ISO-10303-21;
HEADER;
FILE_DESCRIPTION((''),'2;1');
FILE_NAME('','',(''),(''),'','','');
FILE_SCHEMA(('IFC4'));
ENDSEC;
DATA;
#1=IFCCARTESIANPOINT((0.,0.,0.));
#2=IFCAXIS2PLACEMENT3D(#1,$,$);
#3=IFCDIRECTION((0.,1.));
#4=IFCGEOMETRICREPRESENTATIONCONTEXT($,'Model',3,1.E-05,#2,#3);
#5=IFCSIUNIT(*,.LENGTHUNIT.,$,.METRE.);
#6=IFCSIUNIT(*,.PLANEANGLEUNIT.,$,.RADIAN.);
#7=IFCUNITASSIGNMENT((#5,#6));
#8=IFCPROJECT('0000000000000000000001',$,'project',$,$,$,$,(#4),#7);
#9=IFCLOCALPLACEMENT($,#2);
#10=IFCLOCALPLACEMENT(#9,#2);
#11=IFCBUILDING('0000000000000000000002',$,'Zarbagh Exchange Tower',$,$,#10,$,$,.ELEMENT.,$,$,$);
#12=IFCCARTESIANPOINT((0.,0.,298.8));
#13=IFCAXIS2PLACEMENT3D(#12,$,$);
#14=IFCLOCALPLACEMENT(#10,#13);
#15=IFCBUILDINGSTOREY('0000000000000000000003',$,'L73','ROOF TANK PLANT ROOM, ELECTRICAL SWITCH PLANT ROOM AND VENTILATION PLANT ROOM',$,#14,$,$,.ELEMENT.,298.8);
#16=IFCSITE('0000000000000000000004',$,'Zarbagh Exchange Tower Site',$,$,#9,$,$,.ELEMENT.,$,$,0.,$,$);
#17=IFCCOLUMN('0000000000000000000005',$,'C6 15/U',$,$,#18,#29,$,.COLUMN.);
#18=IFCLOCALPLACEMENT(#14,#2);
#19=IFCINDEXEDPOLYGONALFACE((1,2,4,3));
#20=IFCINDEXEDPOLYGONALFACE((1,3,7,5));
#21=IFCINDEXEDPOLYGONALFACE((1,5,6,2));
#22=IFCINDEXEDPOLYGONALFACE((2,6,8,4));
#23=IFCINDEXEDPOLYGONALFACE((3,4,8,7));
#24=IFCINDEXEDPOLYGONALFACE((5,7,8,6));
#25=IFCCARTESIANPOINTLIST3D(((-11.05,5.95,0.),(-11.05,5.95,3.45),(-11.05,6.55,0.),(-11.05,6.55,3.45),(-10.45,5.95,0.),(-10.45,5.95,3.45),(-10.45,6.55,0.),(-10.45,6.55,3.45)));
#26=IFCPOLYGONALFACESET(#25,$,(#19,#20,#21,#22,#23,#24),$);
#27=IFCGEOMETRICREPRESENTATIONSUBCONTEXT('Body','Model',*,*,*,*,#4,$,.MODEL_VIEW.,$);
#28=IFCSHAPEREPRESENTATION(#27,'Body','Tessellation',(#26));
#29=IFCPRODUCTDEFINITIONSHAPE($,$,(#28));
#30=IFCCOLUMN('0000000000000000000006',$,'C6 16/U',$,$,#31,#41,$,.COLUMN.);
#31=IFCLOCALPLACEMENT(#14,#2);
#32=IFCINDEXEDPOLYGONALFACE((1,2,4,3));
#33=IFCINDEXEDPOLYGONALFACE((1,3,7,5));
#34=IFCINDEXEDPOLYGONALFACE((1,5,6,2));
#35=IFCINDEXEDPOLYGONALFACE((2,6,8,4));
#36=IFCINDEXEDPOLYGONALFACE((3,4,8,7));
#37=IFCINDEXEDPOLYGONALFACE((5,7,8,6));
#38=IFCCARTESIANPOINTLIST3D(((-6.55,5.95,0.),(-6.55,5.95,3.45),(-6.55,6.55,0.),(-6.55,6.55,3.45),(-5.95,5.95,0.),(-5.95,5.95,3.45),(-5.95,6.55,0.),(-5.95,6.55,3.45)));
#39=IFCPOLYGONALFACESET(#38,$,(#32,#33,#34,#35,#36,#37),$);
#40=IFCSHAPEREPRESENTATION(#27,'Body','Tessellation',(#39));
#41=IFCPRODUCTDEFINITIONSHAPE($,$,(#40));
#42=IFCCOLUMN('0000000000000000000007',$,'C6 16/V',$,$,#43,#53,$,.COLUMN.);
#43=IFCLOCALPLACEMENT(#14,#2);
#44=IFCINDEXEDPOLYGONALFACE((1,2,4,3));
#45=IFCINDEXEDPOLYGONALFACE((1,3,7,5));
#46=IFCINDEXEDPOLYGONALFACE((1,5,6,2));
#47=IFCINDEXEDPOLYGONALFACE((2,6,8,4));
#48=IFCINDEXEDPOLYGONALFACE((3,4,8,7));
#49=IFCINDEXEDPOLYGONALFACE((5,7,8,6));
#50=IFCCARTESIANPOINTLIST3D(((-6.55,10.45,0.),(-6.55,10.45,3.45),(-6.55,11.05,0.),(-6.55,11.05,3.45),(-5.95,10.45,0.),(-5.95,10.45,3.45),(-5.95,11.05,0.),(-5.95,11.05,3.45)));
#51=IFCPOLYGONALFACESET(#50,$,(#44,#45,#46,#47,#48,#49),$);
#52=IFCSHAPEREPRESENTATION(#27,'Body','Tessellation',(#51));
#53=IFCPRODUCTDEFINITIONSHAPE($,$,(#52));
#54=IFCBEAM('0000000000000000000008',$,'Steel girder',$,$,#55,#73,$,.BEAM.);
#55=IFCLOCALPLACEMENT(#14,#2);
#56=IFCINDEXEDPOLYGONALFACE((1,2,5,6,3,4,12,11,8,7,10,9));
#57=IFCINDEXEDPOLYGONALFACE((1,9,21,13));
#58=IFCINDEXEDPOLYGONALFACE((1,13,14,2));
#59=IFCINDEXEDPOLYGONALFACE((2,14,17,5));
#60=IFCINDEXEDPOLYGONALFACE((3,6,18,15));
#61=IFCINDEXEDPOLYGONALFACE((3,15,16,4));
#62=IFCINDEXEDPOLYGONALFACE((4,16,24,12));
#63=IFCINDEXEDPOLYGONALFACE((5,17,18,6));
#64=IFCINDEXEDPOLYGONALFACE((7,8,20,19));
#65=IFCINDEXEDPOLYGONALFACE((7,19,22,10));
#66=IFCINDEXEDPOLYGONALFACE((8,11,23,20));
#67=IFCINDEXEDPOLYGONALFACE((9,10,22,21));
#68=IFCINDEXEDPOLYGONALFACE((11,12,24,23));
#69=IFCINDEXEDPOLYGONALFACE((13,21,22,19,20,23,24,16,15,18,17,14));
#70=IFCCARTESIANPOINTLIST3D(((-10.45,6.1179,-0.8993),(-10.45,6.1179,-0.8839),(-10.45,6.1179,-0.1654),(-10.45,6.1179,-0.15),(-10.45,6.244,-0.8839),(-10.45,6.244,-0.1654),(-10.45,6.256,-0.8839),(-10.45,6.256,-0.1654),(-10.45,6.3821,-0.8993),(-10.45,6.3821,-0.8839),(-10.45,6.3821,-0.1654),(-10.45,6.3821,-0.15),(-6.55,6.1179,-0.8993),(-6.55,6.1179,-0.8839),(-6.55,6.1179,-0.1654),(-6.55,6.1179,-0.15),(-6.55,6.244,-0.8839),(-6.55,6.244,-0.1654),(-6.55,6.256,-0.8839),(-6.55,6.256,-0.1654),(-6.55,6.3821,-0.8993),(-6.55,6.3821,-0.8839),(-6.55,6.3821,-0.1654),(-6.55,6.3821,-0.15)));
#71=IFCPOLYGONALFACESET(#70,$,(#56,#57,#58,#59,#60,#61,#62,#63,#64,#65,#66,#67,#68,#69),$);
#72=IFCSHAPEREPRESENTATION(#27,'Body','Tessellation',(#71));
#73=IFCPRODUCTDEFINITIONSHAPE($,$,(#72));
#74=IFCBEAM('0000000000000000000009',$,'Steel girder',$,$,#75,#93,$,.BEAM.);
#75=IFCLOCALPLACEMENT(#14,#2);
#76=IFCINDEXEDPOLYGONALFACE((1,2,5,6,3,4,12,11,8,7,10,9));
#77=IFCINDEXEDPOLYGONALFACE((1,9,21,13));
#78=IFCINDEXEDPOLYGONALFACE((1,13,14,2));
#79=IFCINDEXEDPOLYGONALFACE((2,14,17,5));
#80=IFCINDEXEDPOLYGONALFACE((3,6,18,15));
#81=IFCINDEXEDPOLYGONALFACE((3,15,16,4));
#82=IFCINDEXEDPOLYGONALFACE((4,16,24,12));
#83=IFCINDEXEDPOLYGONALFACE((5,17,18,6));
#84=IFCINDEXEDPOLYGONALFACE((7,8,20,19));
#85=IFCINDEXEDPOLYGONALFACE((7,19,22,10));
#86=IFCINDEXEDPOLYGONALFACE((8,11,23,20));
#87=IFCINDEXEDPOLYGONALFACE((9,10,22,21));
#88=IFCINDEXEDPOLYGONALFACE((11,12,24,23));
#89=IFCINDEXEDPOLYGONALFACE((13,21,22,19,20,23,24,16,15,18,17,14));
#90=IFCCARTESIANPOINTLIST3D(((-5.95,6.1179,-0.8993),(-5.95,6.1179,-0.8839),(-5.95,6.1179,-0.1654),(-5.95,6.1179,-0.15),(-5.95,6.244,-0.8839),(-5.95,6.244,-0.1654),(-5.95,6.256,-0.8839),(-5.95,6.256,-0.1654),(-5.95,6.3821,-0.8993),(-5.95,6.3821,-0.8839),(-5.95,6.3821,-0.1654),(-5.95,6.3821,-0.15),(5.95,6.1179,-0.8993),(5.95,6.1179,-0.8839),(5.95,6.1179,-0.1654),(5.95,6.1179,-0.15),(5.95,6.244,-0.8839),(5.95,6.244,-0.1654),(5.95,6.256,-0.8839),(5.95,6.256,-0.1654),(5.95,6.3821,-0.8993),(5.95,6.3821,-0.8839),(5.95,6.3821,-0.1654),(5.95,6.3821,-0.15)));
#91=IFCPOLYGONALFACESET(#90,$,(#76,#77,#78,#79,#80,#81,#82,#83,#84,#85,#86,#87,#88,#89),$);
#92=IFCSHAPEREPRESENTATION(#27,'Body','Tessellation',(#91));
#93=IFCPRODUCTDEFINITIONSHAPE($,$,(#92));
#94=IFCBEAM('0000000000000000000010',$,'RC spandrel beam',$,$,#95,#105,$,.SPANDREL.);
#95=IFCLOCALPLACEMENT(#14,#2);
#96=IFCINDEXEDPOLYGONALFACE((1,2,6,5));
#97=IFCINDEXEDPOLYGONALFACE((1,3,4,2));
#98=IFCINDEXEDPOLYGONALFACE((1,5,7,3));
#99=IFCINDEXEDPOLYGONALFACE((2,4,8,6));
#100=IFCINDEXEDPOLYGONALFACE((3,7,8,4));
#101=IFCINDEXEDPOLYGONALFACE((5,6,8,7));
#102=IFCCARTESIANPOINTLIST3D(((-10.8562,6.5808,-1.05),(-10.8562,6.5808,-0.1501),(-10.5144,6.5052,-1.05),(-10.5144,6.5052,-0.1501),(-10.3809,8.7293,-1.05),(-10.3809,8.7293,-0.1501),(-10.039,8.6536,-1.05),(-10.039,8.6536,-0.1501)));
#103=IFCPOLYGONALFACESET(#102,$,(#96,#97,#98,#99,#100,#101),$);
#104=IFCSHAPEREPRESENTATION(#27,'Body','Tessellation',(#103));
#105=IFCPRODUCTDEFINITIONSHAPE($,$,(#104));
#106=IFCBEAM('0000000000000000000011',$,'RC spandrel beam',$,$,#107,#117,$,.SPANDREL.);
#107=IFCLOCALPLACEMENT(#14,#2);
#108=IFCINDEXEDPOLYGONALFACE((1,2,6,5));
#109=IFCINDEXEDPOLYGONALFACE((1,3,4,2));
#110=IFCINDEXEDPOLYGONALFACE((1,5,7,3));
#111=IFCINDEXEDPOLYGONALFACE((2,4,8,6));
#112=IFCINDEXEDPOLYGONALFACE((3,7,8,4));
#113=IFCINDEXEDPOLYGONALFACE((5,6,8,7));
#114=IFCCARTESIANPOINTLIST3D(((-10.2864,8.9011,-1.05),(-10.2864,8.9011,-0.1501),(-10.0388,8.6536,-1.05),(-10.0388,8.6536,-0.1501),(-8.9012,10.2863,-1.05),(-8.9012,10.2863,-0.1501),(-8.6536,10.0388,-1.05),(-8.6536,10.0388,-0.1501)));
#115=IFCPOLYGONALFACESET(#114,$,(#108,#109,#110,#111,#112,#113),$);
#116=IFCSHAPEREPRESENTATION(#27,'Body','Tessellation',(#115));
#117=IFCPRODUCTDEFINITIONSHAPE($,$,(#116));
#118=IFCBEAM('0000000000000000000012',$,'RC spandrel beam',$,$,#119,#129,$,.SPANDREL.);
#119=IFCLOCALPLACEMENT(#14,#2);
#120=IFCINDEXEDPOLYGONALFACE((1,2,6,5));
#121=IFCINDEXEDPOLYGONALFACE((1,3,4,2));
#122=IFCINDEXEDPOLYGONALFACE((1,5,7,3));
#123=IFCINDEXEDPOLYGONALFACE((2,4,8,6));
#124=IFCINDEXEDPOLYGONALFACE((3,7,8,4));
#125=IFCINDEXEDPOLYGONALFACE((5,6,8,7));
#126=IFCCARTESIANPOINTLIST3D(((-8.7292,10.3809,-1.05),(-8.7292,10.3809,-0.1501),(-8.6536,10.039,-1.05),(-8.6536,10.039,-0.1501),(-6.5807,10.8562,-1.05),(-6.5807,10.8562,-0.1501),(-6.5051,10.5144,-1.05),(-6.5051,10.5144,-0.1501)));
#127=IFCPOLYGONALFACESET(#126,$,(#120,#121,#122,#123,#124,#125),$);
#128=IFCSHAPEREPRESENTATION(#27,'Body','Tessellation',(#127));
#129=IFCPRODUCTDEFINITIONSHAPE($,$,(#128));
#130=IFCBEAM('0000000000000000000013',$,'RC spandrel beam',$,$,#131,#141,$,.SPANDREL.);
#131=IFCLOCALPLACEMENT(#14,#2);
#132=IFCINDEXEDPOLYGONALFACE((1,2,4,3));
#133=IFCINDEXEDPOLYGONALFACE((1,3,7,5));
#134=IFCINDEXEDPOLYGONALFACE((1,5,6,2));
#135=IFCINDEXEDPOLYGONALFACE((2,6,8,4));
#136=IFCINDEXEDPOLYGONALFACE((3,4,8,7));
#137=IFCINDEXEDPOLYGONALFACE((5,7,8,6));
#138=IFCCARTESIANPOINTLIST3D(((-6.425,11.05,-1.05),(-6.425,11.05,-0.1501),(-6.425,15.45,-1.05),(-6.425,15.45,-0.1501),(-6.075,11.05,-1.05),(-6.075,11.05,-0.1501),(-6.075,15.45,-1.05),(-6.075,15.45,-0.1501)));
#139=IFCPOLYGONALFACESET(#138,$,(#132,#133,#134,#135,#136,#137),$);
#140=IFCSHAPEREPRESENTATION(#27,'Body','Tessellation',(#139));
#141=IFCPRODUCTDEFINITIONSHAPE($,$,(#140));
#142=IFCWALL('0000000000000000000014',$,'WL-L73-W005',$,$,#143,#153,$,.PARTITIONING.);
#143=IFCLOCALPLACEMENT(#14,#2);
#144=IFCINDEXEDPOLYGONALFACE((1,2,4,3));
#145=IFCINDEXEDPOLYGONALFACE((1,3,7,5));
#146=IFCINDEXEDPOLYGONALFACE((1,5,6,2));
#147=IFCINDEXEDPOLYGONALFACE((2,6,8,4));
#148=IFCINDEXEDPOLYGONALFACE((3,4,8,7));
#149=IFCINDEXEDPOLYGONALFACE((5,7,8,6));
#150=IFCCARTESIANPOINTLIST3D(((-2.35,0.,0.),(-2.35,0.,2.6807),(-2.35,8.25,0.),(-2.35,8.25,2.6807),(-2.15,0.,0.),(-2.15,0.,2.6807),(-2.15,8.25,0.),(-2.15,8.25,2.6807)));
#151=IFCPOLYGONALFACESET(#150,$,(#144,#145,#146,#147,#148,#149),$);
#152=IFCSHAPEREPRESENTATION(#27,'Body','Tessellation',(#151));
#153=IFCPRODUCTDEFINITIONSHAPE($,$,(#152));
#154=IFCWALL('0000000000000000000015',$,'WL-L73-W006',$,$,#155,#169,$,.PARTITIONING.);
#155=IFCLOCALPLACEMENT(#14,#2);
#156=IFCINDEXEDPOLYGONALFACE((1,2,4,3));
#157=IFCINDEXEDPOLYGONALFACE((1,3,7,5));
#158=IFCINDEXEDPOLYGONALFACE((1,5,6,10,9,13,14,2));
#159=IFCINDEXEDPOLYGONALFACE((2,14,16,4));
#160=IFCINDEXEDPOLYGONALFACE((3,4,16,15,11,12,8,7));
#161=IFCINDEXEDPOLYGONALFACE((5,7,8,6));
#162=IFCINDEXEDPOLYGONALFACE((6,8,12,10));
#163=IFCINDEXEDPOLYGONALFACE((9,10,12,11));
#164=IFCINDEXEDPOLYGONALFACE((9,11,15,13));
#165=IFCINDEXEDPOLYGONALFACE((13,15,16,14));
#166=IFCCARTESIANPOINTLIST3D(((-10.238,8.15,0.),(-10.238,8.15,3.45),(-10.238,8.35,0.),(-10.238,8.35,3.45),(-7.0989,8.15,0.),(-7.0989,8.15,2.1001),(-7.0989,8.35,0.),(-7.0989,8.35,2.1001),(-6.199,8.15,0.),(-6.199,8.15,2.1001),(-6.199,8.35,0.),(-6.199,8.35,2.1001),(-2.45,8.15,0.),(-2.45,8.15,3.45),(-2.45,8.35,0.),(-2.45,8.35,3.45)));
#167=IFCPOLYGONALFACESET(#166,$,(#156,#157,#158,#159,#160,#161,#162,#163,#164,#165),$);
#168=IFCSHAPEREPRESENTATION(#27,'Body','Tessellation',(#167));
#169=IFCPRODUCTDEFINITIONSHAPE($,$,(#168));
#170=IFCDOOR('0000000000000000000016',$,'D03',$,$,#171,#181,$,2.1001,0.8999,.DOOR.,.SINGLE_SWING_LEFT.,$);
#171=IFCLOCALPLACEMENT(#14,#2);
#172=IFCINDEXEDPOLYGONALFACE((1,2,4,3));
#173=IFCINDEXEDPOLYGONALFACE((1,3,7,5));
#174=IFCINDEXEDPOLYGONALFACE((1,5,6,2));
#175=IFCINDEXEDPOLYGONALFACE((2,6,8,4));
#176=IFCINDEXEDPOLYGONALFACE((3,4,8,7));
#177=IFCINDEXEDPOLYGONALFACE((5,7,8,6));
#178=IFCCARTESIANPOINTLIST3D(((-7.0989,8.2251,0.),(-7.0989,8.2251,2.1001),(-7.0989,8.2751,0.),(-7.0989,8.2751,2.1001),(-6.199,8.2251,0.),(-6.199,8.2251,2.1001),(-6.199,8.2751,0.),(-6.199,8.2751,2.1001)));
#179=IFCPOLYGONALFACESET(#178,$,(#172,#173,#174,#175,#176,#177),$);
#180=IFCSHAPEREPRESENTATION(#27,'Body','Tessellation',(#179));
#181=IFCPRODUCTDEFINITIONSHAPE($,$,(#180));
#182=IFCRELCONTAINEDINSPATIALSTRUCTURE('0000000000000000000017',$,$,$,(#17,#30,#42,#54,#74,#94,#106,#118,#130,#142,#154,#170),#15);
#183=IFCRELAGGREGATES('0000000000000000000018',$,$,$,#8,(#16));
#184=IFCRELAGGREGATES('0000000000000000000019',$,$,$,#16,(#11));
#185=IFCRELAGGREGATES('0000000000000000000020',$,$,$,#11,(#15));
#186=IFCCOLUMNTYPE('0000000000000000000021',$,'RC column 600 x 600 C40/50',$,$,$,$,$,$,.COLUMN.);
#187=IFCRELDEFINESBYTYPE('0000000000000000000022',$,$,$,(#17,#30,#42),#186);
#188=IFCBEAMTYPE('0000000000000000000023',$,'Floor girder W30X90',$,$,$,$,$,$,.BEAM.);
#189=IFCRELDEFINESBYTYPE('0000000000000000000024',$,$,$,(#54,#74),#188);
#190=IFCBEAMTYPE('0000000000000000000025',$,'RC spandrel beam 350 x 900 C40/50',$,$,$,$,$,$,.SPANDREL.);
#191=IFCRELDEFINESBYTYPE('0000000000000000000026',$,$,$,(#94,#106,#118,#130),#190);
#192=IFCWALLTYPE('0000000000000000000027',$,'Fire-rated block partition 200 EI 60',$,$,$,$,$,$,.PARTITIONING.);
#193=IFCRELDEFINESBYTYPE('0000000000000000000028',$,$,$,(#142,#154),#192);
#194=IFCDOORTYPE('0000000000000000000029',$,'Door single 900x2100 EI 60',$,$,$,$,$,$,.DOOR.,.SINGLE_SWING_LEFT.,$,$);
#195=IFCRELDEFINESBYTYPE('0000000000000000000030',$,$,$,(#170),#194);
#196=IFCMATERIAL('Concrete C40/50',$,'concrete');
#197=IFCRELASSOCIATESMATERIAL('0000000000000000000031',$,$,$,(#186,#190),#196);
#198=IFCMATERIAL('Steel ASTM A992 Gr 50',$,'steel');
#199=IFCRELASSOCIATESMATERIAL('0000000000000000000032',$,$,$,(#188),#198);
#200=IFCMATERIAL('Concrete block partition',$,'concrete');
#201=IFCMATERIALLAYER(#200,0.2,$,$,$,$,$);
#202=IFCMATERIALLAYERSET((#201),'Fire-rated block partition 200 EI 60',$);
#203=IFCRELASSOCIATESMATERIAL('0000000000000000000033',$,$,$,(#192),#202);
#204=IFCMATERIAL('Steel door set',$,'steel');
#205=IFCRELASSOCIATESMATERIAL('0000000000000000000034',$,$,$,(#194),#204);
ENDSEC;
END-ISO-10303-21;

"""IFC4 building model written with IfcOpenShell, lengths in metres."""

from ifc_helpers import new_model, si_unit, direction, frame, frame_2d, origin, origin_2d, place, context, subcontext, project, spatial, rectangle, i_section, extrude, material, layer, layer_set, material_profile, profile_set, type_object, element, fill, save


model = new_model("IFC4")

# Units and contexts
model_context = context("Model", 3, precision=1e-05, world=origin(), true_north=direction((0.0, 1.0)))
body_context = subcontext(model_context, "Body", "Model", "MODEL_VIEW")
ifc_project = project(units=[si_unit("LENGTHUNIT", "METRE"), si_unit("PLANEANGLEUNIT", "RADIAN")], contexts=[model_context])

# Site, building, storey
site_placement = place(None, origin())
site = spatial("IfcSite", under=ifc_project, at=site_placement, Name="Zarbagh Exchange Tower Site", CompositionType="ELEMENT", RefElevation=0.0)
building_placement = place(site_placement, origin())
building = spatial("IfcBuilding", under=site, at=building_placement, Name="Zarbagh Exchange Tower", CompositionType="ELEMENT")
storey_placement = place(building_placement, frame((0.0, 0.0, 298.8)))
storey = spatial("IfcBuildingStorey", under=building, at=storey_placement, Name="L73", Description="ROOF TANK PLANT ROOM, ELECTRICAL SWITCH PLANT ROOM AND VENTILATION PLANT ROOM", CompositionType="ELEMENT", Elevation=298.8)

# Columns
ifc_material_1 = material(Name="Concrete C40/50", Category="concrete")
ifc_material_profile_1 = material_profile(ifc_material_1, rectangle(XDim=0.6001, YDim=0.6001, at=origin_2d()), Name="RC column 600 x 600 C40/50")
ifc_profile_set_1 = profile_set([ifc_material_profile_1], Name="Concrete C40/50")
column_type = type_object("IfcColumnType", Name="RC column 600 x 600 C40/50", PredefinedType="COLUMN", material=ifc_profile_set_1)
for number, where, z_axis, x_axis, name in (
    (1, (-10.75, 6.25, 0.0), (0.0, 0.0, 1.0), (1.0, 0.0, 0.0), "C6 15/U"),
    (2, (-6.25, 6.25, 0.0), (0.0, 0.0, 1.0), (1.0, 0.0, 0.0), "C6 16/U"),
    (3, (-6.25, 10.75, 0.0), (0.0, 0.0, 1.0), (1.0, 0.0, 0.0), "C6 16/V"),
):
    element("IfcColumn", number, at=place(storey_placement, frame(where, z_axis=z_axis, x_axis=x_axis)), inside=storey, type_object=column_type, Name=name, PredefinedType="COLUMN", context=body_context, shape_type="SweptSolid", body=[
        extrude(rectangle(XDim=0.6001, YDim=0.6001, at=origin_2d()), origin(), (0.0, 0.0, 1.0), 3.45),
    ])

# Beams
ifc_material_2 = material(Name="Steel ASTM A992 Gr 50", Category="steel")
ifc_material_profile_2 = material_profile(ifc_material_2, i_section(OverallWidth=0.2642, OverallDepth=0.7493, WebThickness=0.012, FlangeThickness=0.0154, at=origin_2d()), Name="W30X90")
ifc_profile_set_2 = profile_set([ifc_material_profile_2], Name="Steel ASTM A992 Gr 50")
beam_type_1 = type_object("IfcBeamType", Name="Floor girder W30X90", PredefinedType="BEAM", material=ifc_profile_set_2)
beam_1_placement = place(storey_placement, frame((-10.45, 6.25, -0.5247), z_axis=(1.0, 0.0, 0.0), x_axis=(0.0, 1.0, 0.0)))
element("IfcBeam", 4, at=beam_1_placement, inside=storey, type_object=beam_type_1, Name="Steel girder", PredefinedType="BEAM", context=body_context, shape_type="SweptSolid", body=[
    extrude(i_section(OverallWidth=0.2642, OverallDepth=0.7493, WebThickness=0.012, FlangeThickness=0.0154, at=origin_2d()), origin(), (0.0, 0.0, 1.0), 3.8999),
])
beam_2_placement = place(storey_placement, frame((-5.95, 6.25, -0.5247), z_axis=(1.0, 0.0, 0.0), x_axis=(0.0, 1.0, 0.0)))
element("IfcBeam", 5, at=beam_2_placement, inside=storey, type_object=beam_type_1, Name="Steel girder", PredefinedType="BEAM", context=body_context, shape_type="SweptSolid", body=[
    extrude(i_section(OverallWidth=0.2642, OverallDepth=0.7493, WebThickness=0.012, FlangeThickness=0.0154, at=origin_2d()), origin(), (0.0, 0.0, 1.0), 11.8999),
])
ifc_material_profile_3 = material_profile(ifc_material_1, rectangle(XDim=0.3501, YDim=0.8999, at=origin_2d()), Name="RC spandrel beam 350 x 900 C40/50")
ifc_profile_set_3 = profile_set([ifc_material_profile_3], Name="Concrete C40/50")
beam_type_2 = type_object("IfcBeamType", Name="RC spandrel beam 350 x 900 C40/50", PredefinedType="SPANDREL", material=ifc_profile_set_3)
beam_3_placement = place(storey_placement, frame((-10.6853, 6.543, -0.6001), z_axis=(0.216026, 0.976388, 0.0), x_axis=(-0.976388, 0.216026, 0.0)))
element("IfcBeam", 6, at=beam_3_placement, inside=storey, type_object=beam_type_2, Name="RC spandrel beam", PredefinedType="SPANDREL", context=body_context, shape_type="SweptSolid", body=[
    extrude(rectangle(XDim=0.3501, YDim=0.8999, at=origin_2d()), origin(), (0.0, 0.0, 1.0), 2.2004),
])
beam_4_placement = place(storey_placement, frame((-10.1626, 8.7773, -0.6001), z_axis=(0.707107, 0.707107, 0.0), x_axis=(-0.707107, 0.707107, 0.0)))
element("IfcBeam", 7, at=beam_4_placement, inside=storey, type_object=beam_type_2, Name="RC spandrel beam", PredefinedType="SPANDREL", context=body_context, shape_type="SweptSolid", body=[
    extrude(rectangle(XDim=0.3501, YDim=0.8999, at=origin_2d()), origin(), (0.0, 0.0, 1.0), 1.959),
])
beam_5_placement = place(storey_placement, frame((-8.6914, 10.21, -0.6001), z_axis=(0.976388, 0.216026, 0.0), x_axis=(-0.216026, 0.976388, 0.0)))
element("IfcBeam", 8, at=beam_5_placement, inside=storey, type_object=beam_type_2, Name="RC spandrel beam", PredefinedType="SPANDREL", context=body_context, shape_type="SweptSolid", body=[
    extrude(rectangle(XDim=0.3501, YDim=0.8999, at=origin_2d()), origin(), (0.0, 0.0, 1.0), 2.2004),
])
beam_6_placement = place(storey_placement, frame((-6.25, 11.05, -0.6001), z_axis=(0.0, 1.0, 0.0), x_axis=(-1.0, 0.0, 0.0)))
element("IfcBeam", 9, at=beam_6_placement, inside=storey, type_object=beam_type_2, Name="RC spandrel beam", PredefinedType="SPANDREL", context=body_context, shape_type="SweptSolid", body=[
    extrude(rectangle(XDim=0.3501, YDim=0.8999, at=origin_2d()), origin(), (0.0, 0.0, 1.0), 4.3999),
])

# Wall
ifc_material_3 = material(Name="Concrete block partition", Category="concrete")
ifc_layer_1 = layer(ifc_material_3, 0.2)
ifc_layer_set_1 = layer_set([ifc_layer_1], Name="Fire-rated block partition 200 EI 60")
wall_type_1 = type_object("IfcWallType", Name="Fire-rated block partition 200 EI 60", PredefinedType="PARTITIONING", material=ifc_layer_set_1)
wall_1_placement = place(storey_placement, frame((-2.25, 0.0, 0.0), z_axis=(0.0, 0.0, 1.0), x_axis=(0.0, 1.0, 0.0)))
element("IfcWall", 10, at=wall_1_placement, inside=storey, type_object=wall_type_1, Name="WL-L73-W005", PredefinedType="PARTITIONING", context=body_context, shape_type="SweptSolid", body=[
    extrude(rectangle(XDim=8.25, YDim=0.2, at=frame_2d((4.125, 0.0))), origin(), (0.0, 0.0, 1.0), 2.6807),
])

# Wall, opening, door
wall_2_placement = place(storey_placement, frame((-2.45, 8.25, 0.0), z_axis=(0.0, 0.0, 1.0), x_axis=(-1.0, 0.0, 0.0)))
wall_2 = element("IfcWall", 11, at=wall_2_placement, inside=storey, type_object=wall_type_1, Name="WL-L73-W006", PredefinedType="PARTITIONING", context=body_context, shape_type="SweptSolid", body=[
    extrude(rectangle(XDim=7.7881, YDim=0.2, at=frame_2d((3.894, 0.0))), origin(), (0.0, 0.0, 1.0), 3.45),
])
opening_1_placement = place(wall_2_placement, frame((3.749, 0.0, 0.0)))
opening_1 = element("IfcOpeningElement", 12, at=opening_1_placement, cuts=wall_2, PredefinedType="OPENING", context=body_context, shape_type="SweptSolid", body=[
    extrude(rectangle(XDim=0.8999, YDim=2.1001, at=frame_2d((0.45, 1.05))), frame((0.0, 0.1099, 0.0), z_axis=(0.0, -1.0, 0.0), x_axis=(1.0, 0.0, 0.0)), (0.0, 0.0, 1.0), 0.22),
])
ifc_material_4 = material(Name="Steel door set", Category="steel")
door_type_1 = type_object("IfcDoorType", Name="Door single 900x2100 EI 60", OperationType="SINGLE_SWING_LEFT", PredefinedType="DOOR", material=ifc_material_4)
door_1_placement = place(opening_1_placement, origin())
door_1 = element("IfcDoor", 13, at=door_1_placement, inside=storey, type_object=door_type_1, Name="D03", OperationType="SINGLE_SWING_LEFT", OverallHeight=2.1001, OverallWidth=0.8999, PredefinedType="DOOR", context=body_context, shape_type="SweptSolid", body=[
    extrude(rectangle(XDim=0.8999, YDim=2.1001, at=frame_2d((0.45, 1.05))), frame((0.0, 0.0249, 0.0), z_axis=(0.0, -1.0, 0.0), x_axis=(1.0, 0.0, 0.0)), (0.0, 0.0, 1.0), 0.05),
])
fill(opening_1, door_1)

save(model, "model.ifc")
